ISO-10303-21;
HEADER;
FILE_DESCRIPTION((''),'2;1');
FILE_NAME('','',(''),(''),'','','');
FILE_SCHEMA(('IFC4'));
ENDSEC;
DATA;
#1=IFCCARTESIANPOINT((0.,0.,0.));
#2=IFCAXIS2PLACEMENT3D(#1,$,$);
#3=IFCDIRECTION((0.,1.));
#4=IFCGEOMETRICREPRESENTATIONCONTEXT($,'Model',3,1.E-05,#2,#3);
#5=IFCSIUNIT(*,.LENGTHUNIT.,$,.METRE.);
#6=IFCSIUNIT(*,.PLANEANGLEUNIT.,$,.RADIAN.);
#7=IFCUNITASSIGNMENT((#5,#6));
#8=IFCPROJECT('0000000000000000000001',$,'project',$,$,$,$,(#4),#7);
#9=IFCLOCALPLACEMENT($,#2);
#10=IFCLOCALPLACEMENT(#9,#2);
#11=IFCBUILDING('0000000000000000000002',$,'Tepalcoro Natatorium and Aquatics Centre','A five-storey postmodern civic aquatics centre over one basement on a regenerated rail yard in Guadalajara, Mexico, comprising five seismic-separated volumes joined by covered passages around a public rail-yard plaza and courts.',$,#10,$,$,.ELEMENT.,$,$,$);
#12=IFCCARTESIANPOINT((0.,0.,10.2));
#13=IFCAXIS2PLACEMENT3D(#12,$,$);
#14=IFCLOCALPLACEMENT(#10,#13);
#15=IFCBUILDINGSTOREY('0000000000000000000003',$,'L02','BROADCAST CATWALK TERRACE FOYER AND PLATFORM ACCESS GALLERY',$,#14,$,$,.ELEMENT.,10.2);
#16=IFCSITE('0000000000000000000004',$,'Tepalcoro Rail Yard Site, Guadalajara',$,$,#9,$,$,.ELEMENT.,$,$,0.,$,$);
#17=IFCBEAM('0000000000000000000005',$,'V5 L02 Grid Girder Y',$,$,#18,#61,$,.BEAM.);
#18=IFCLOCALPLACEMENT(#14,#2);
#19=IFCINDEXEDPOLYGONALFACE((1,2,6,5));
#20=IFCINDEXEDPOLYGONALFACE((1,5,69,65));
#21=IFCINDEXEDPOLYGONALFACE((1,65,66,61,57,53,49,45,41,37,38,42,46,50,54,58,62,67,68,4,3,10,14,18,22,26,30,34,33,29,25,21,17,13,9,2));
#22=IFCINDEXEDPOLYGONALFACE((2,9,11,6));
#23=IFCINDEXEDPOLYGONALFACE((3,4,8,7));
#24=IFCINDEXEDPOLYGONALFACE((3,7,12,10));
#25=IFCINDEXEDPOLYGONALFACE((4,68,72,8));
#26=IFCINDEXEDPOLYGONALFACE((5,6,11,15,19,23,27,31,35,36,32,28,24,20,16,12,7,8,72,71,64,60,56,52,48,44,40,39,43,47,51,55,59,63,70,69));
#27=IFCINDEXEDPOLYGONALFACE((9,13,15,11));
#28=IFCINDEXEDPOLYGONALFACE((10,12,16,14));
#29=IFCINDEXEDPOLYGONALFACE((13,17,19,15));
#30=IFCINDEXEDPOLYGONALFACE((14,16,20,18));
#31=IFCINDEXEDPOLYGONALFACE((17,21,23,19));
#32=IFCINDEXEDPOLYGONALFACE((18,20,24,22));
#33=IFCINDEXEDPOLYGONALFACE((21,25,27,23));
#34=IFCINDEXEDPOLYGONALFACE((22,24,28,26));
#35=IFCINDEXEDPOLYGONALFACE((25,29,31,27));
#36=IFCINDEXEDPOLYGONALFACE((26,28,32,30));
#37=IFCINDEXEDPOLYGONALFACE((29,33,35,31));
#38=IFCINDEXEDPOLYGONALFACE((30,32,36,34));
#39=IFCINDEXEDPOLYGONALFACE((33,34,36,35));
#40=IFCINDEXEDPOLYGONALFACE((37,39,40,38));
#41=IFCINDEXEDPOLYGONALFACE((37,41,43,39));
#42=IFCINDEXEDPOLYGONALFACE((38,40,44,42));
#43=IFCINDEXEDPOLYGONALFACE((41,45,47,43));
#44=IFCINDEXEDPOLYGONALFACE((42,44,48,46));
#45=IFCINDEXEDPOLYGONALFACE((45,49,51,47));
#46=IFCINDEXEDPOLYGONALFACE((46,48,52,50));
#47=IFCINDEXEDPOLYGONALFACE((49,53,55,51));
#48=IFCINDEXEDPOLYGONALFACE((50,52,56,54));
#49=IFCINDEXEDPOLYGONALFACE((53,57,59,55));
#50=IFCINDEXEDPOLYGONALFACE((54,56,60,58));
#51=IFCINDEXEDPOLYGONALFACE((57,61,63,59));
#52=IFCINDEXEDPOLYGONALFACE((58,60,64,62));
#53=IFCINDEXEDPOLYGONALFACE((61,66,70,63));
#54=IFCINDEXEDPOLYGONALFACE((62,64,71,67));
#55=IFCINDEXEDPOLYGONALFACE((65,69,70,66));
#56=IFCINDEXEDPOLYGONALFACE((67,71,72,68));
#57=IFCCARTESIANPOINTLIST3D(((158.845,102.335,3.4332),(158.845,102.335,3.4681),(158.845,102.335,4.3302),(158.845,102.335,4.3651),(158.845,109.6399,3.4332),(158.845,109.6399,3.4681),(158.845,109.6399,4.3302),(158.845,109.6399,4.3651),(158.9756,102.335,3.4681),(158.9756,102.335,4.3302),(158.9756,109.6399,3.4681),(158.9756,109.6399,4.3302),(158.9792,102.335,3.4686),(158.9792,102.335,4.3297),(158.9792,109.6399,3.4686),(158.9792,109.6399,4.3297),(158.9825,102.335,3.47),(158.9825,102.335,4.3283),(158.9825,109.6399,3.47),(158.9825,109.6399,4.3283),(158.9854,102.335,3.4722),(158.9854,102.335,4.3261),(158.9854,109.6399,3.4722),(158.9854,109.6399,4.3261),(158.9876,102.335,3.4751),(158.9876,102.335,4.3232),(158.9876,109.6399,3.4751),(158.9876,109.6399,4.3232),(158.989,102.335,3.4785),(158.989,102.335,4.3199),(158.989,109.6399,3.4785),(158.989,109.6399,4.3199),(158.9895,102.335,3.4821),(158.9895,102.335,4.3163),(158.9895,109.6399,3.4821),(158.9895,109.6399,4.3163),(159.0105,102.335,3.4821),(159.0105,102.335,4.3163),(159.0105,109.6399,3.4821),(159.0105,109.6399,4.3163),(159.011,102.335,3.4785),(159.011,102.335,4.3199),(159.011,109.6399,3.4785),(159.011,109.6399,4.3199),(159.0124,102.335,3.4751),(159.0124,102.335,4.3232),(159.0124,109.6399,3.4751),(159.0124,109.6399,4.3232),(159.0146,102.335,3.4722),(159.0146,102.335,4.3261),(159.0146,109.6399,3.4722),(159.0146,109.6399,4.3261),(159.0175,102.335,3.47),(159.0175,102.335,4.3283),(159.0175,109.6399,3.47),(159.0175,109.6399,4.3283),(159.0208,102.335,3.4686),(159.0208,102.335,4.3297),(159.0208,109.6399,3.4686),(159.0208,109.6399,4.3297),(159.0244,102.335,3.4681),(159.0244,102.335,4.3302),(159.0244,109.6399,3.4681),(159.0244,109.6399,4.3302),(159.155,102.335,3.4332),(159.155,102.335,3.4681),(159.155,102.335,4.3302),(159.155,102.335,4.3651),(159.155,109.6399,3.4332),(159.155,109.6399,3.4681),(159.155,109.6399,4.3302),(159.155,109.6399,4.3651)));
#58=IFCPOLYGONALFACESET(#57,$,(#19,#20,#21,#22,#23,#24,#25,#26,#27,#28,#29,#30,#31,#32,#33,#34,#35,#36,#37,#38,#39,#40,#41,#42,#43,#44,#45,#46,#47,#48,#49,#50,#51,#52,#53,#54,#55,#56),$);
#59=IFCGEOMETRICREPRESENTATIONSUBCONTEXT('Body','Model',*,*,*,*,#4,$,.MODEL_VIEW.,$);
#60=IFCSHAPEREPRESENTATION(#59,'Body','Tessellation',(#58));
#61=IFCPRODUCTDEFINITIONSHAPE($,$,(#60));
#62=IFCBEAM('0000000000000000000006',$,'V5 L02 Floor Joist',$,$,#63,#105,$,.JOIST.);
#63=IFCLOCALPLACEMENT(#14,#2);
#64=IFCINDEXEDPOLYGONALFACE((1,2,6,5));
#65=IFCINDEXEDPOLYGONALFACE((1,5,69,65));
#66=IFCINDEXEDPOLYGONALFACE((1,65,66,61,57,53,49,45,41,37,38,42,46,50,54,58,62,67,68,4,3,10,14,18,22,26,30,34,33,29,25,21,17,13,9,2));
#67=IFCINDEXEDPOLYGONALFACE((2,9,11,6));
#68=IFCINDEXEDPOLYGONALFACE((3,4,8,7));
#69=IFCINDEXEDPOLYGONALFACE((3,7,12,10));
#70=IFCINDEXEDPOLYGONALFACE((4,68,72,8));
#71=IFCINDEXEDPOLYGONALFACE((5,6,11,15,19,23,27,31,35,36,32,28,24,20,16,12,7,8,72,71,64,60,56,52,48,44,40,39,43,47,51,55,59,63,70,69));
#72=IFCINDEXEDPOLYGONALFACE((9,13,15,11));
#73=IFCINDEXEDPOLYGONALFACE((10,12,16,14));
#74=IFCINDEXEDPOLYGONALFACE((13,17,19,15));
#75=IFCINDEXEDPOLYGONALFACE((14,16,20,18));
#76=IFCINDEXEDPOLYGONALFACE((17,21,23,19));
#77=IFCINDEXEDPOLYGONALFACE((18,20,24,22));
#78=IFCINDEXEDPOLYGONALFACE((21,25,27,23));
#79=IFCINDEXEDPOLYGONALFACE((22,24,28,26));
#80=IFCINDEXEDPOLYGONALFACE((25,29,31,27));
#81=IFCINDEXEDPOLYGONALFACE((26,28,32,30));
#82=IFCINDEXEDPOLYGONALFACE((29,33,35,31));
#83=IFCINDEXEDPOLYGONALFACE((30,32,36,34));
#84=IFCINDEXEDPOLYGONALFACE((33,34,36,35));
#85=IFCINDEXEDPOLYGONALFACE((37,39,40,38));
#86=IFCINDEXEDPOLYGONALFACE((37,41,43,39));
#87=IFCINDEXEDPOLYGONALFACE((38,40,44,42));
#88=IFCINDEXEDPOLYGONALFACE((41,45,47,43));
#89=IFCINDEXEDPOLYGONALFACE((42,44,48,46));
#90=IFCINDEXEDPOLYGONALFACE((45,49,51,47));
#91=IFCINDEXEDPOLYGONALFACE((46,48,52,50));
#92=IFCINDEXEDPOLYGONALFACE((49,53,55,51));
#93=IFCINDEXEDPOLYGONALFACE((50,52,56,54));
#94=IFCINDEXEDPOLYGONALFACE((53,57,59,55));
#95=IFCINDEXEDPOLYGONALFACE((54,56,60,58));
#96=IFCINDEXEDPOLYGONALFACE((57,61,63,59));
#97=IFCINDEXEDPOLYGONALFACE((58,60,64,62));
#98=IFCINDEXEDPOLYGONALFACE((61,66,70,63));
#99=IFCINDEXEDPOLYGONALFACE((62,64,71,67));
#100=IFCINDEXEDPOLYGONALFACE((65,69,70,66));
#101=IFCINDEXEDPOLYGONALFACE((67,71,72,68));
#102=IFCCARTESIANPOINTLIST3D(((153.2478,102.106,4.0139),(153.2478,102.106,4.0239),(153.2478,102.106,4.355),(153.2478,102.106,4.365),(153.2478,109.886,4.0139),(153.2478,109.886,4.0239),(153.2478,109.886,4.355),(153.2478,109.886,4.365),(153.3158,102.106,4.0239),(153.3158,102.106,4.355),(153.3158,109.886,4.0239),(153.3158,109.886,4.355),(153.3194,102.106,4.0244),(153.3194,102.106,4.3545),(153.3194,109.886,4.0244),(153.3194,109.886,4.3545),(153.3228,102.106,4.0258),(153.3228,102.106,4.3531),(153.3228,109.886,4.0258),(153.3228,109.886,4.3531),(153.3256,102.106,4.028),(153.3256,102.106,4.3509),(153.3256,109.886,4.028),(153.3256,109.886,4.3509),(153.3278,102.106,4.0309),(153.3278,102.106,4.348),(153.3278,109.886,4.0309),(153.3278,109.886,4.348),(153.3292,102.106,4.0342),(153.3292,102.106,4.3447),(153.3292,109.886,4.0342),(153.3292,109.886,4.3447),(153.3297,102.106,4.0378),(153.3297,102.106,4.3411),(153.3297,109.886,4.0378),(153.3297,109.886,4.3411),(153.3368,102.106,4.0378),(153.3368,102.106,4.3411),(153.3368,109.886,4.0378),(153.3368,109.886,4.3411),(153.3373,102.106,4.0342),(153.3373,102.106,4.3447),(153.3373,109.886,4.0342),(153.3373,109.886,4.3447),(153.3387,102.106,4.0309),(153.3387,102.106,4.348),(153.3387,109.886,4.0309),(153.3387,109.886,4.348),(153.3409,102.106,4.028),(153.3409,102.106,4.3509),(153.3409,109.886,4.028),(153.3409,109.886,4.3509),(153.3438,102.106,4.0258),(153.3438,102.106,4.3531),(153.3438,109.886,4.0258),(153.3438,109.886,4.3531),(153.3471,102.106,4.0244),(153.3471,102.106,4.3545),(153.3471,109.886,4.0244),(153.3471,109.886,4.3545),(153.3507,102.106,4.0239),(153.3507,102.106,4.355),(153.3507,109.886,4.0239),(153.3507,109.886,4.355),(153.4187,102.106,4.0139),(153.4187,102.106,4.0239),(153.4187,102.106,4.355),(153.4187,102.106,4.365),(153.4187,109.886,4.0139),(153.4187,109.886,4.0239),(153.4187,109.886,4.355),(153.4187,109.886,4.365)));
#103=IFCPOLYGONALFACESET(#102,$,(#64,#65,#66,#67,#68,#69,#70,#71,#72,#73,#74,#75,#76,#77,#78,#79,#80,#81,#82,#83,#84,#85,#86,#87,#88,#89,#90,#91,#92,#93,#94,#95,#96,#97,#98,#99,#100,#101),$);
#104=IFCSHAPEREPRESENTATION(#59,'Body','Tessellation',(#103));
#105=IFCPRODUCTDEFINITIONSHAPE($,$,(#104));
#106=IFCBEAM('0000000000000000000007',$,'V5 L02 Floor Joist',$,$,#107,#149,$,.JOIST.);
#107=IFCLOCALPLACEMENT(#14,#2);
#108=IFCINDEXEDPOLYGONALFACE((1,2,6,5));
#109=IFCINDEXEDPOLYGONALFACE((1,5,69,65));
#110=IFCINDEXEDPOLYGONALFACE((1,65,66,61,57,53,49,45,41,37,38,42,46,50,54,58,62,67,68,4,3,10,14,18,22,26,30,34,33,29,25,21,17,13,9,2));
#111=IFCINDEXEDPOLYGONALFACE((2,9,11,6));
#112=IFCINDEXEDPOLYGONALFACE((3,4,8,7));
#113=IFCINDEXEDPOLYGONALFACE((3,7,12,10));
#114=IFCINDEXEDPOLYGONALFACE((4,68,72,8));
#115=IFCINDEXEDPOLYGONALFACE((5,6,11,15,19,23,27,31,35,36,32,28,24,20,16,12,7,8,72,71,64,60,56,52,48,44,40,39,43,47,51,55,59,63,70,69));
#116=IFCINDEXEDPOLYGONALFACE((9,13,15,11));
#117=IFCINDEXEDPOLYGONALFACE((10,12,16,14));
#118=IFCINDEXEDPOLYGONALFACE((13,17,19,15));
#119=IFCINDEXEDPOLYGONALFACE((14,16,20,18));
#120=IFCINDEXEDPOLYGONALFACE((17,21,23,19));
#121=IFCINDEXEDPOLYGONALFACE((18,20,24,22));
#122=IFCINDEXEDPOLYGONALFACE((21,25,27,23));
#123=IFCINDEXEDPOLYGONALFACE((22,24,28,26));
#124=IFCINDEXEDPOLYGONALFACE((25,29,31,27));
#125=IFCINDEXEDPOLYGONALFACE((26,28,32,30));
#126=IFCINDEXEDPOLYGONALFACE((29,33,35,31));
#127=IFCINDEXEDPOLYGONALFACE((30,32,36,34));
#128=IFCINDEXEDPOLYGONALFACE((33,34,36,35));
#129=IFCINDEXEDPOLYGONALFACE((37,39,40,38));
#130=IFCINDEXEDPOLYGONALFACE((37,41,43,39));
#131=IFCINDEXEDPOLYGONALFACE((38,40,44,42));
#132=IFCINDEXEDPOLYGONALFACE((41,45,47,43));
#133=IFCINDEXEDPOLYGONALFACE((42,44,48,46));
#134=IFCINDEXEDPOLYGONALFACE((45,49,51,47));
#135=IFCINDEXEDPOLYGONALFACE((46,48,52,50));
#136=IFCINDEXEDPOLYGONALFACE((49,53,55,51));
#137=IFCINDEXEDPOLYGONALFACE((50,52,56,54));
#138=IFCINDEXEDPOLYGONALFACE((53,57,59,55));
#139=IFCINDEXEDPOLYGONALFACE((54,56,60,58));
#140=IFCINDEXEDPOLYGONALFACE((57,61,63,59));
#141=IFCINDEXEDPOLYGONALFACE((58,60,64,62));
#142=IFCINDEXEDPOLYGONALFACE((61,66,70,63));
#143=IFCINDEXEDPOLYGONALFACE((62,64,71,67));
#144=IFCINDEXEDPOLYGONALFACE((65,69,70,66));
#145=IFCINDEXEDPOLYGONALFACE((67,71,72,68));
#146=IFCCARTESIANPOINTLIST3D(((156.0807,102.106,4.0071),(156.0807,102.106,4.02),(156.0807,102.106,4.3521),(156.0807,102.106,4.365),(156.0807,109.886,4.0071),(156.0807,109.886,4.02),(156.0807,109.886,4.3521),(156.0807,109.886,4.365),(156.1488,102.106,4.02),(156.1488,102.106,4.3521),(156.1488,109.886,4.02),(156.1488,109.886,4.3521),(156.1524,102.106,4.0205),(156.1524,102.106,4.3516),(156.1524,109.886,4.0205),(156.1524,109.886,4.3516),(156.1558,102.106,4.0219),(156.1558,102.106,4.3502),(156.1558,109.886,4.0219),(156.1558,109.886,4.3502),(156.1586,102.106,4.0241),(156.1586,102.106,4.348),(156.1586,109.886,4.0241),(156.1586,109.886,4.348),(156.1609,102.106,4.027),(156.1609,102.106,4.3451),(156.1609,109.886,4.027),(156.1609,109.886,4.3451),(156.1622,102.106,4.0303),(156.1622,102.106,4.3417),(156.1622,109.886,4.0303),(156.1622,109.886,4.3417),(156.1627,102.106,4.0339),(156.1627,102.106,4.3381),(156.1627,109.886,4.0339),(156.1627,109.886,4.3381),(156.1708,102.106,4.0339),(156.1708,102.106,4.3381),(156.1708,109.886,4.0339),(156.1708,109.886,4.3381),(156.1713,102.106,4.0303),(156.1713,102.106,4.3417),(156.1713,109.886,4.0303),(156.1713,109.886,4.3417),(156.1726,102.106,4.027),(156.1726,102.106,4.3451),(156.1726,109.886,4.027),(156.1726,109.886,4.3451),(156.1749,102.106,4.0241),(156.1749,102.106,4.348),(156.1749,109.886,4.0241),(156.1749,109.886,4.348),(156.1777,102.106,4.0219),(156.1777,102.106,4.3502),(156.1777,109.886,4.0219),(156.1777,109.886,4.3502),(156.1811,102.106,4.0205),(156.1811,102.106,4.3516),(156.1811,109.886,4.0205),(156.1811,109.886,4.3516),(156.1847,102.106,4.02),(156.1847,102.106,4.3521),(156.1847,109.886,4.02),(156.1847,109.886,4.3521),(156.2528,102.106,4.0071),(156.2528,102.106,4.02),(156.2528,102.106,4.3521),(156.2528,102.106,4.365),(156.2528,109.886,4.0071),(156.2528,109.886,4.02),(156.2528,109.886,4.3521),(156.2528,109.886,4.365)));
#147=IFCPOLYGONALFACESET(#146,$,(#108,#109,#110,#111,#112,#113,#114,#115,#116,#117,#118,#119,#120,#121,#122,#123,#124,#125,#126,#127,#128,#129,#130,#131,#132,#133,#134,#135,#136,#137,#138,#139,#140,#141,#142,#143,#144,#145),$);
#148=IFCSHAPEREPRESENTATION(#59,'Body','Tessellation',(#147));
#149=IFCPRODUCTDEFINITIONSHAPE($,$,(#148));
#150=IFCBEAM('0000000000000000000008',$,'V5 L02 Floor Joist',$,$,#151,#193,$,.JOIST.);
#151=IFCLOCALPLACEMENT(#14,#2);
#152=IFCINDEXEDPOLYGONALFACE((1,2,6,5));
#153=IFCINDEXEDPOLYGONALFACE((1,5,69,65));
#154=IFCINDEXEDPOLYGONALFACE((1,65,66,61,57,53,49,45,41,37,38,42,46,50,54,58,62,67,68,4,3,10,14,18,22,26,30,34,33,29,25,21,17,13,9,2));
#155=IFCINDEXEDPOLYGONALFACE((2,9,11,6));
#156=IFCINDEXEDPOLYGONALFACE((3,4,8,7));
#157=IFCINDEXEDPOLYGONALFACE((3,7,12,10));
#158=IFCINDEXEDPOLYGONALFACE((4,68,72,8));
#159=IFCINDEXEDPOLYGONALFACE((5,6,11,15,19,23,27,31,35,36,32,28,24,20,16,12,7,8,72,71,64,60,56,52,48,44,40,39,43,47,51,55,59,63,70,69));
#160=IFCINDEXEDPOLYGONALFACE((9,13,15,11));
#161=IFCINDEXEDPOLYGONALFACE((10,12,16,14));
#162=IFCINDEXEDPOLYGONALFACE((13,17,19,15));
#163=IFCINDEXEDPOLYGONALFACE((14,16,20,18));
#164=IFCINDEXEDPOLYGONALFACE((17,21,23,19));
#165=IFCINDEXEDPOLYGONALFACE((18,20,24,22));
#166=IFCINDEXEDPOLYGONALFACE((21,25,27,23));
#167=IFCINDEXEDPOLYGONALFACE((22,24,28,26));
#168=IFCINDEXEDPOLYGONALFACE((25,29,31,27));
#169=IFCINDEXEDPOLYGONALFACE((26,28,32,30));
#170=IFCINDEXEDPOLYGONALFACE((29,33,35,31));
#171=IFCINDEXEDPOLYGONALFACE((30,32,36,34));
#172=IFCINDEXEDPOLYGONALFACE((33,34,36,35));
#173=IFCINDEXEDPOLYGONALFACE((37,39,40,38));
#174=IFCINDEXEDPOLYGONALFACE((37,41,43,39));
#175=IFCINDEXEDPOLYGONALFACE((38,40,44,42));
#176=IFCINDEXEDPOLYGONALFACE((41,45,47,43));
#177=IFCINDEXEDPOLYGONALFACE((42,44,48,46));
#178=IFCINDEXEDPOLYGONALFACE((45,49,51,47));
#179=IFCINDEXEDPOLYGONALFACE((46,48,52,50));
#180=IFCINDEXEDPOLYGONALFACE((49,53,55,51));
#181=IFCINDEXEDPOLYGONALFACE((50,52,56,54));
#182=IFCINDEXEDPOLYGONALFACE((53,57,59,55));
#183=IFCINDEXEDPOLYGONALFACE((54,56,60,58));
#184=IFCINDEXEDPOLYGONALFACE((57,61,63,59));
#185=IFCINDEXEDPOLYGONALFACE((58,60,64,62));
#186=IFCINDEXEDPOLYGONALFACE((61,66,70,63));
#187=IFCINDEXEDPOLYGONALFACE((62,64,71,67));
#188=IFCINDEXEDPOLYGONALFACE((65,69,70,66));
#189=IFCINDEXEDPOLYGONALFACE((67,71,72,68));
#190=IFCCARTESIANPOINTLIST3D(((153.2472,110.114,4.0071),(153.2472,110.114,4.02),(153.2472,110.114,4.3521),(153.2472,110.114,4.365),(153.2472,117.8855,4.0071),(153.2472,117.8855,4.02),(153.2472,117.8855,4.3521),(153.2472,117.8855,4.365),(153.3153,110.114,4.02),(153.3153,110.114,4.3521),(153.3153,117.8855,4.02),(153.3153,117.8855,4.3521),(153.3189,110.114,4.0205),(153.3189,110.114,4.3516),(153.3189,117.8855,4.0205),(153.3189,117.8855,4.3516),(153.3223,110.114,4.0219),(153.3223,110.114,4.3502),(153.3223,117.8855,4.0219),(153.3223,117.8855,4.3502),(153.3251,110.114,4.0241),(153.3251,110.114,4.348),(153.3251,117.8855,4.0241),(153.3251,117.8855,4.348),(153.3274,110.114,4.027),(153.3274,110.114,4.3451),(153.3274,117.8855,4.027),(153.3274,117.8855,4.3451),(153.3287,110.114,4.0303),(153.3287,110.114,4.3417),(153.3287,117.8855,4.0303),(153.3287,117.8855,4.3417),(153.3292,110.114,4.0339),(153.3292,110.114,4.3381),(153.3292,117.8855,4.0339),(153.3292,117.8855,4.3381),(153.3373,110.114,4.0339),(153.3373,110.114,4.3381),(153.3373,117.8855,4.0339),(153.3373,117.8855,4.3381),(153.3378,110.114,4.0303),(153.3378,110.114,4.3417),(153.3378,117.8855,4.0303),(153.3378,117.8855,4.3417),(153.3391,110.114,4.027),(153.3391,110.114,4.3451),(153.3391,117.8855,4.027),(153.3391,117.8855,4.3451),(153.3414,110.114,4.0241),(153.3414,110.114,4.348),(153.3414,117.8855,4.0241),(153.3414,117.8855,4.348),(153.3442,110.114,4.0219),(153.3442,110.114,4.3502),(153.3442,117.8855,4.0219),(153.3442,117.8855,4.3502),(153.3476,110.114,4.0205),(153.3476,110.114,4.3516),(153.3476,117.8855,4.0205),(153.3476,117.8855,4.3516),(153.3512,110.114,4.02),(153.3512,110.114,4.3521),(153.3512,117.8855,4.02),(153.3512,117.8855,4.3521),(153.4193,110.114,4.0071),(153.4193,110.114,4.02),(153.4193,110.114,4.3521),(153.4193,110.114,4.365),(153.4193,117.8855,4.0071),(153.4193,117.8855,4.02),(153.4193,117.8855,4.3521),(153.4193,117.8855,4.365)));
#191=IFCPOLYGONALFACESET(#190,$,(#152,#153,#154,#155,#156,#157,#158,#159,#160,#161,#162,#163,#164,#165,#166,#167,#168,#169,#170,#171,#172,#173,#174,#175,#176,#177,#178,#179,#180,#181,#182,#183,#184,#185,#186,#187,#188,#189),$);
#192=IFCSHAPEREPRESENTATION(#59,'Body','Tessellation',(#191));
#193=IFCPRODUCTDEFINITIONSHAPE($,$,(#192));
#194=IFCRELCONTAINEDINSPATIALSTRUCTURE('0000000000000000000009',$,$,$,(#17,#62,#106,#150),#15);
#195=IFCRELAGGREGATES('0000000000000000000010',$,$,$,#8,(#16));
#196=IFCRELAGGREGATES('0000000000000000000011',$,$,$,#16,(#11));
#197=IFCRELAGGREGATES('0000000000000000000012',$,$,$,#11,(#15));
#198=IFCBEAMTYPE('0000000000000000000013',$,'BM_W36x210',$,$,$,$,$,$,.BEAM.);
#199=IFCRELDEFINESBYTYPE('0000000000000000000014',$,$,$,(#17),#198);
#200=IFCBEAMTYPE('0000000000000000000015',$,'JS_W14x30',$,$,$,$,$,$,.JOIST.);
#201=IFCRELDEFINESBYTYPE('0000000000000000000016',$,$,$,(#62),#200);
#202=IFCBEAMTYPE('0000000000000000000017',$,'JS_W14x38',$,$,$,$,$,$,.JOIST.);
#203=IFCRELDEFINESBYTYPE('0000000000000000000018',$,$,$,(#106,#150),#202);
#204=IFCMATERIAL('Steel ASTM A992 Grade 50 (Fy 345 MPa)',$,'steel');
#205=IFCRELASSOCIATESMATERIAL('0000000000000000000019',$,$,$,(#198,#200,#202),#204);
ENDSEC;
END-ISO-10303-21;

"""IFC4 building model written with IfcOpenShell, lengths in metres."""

from ifc_helpers import new_model, si_unit, direction, frame, origin, origin_2d, place, context, subcontext, project, spatial, i_section, extrude, material, material_profile, profile_set, type_object, element, save


model = new_model("IFC4")

# Units and contexts
model_context = context("Model", 3, precision=1e-05, world=origin(), true_north=direction((0.0, 1.0)))
body_context = subcontext(model_context, "Body", "Model", "MODEL_VIEW")
ifc_project = project(units=[si_unit("LENGTHUNIT", "METRE"), si_unit("PLANEANGLEUNIT", "RADIAN")], contexts=[model_context])

# Site, building, storey
site_placement = place(None, origin())
site = spatial("IfcSite", under=ifc_project, at=site_placement, Name="Tepalcoro Rail Yard Site, Guadalajara", CompositionType="ELEMENT", RefElevation=0.0)
building_placement = place(site_placement, origin())
building = spatial("IfcBuilding", under=site, at=building_placement, Name="Tepalcoro Natatorium and Aquatics Centre", Description="A five-storey postmodern civic aquatics centre over one basement on a regenerated rail yard in Guadalajara, Mexico, comprising five seismic-separated volumes joined by covered passages around a public rail-yard plaza and courts.", CompositionType="ELEMENT")
storey_placement = place(building_placement, frame((0.0, 0.0, 10.2)))
storey = spatial("IfcBuildingStorey", under=building, at=storey_placement, Name="L02", Description="BROADCAST CATWALK TERRACE FOYER AND PLATFORM ACCESS GALLERY", CompositionType="ELEMENT", Elevation=10.2)

# Beams
ifc_material_1 = material(Name="Steel ASTM A992 Grade 50 (Fy 345 MPa)", Category="steel")
ifc_material_profile_1 = material_profile(ifc_material_1, i_section(OverallWidth=0.3101, OverallDepth=0.9319, WebThickness=0.021, FlangeThickness=0.0349, FilletRadius=0.0139, at=origin_2d()), Name="W36X210")
ifc_profile_set_1 = profile_set([ifc_material_profile_1], Name="Steel ASTM A992 Grade 50 (Fy 345 MPa)")
beam_type_1 = type_object("IfcBeamType", Name="BM_W36x210", PredefinedType="BEAM", material=ifc_profile_set_1)
beam_1_placement = place(storey_placement, frame((159.0, 102.335, 3.8992), z_axis=(0.0, 1.0, 0.0), x_axis=(-1.0, 0.0, 0.0)))
element("IfcBeam", 1, at=beam_1_placement, inside=storey, type_object=beam_type_1, Name="V5 L02 Grid Girder Y", PredefinedType="BEAM", context=body_context, shape_type="SweptSolid", body=[
    extrude(i_section(OverallWidth=0.3101, OverallDepth=0.9319, WebThickness=0.021, FlangeThickness=0.0349, FilletRadius=0.0139, at=origin_2d()), origin(), (0.0, 0.0, 1.0), 7.3049),
])
ifc_material_profile_2 = material_profile(ifc_material_1, i_section(OverallWidth=0.1709, OverallDepth=0.3511, WebThickness=0.0071, FlangeThickness=0.01, FilletRadius=0.0139, at=origin_2d()), Name="W14X30")
ifc_profile_set_2 = profile_set([ifc_material_profile_2], Name="Steel ASTM A992 Grade 50 (Fy 345 MPa)")
beam_type_2 = type_object("IfcBeamType", Name="JS_W14x30", PredefinedType="JOIST", material=ifc_profile_set_2)
beam_2_placement = place(storey_placement, frame((153.3333, 102.106, 4.1895), z_axis=(0.0, 1.0, 0.0), x_axis=(-1.0, 0.0, 0.0)))
element("IfcBeam", 2, at=beam_2_placement, inside=storey, type_object=beam_type_2, Name="V5 L02 Floor Joist", PredefinedType="JOIST", context=body_context, shape_type="SweptSolid", body=[
    extrude(i_section(OverallWidth=0.1709, OverallDepth=0.3511, WebThickness=0.0071, FlangeThickness=0.01, FilletRadius=0.0139, at=origin_2d()), origin(), (0.0, 0.0, 1.0), 7.78),
])
ifc_material_profile_3 = material_profile(ifc_material_1, i_section(OverallWidth=0.1721, OverallDepth=0.3579, WebThickness=0.0081, FlangeThickness=0.0129, FilletRadius=0.0139, at=origin_2d()), Name="W14X38")
ifc_profile_set_3 = profile_set([ifc_material_profile_3], Name="Steel ASTM A992 Grade 50 (Fy 345 MPa)")
beam_type_3 = type_object("IfcBeamType", Name="JS_W14x38", PredefinedType="JOIST", material=ifc_profile_set_3)
beam_3_placement = place(storey_placement, frame((156.1667, 102.106, 4.186), z_axis=(0.0, 1.0, 0.0), x_axis=(-1.0, 0.0, 0.0)))
element("IfcBeam", 3, at=beam_3_placement, inside=storey, type_object=beam_type_3, Name="V5 L02 Floor Joist", PredefinedType="JOIST", context=body_context, shape_type="SweptSolid", body=[
    extrude(i_section(OverallWidth=0.1721, OverallDepth=0.3579, WebThickness=0.0081, FlangeThickness=0.0129, FilletRadius=0.0139, at=origin_2d()), origin(), (0.0, 0.0, 1.0), 7.78),
])
beam_4_placement = place(storey_placement, frame((153.3333, 110.114, 4.186), z_axis=(0.0, 1.0, 0.0), x_axis=(-1.0, 0.0, 0.0)))
element("IfcBeam", 4, at=beam_4_placement, inside=storey, type_object=beam_type_3, Name="V5 L02 Floor Joist", PredefinedType="JOIST", context=body_context, shape_type="SweptSolid", body=[
    extrude(i_section(OverallWidth=0.1721, OverallDepth=0.3579, WebThickness=0.0081, FlangeThickness=0.0129, FilletRadius=0.0139, at=origin_2d()), origin(), (0.0, 0.0, 1.0), 7.7715),
])

save(model, "model.ifc")
